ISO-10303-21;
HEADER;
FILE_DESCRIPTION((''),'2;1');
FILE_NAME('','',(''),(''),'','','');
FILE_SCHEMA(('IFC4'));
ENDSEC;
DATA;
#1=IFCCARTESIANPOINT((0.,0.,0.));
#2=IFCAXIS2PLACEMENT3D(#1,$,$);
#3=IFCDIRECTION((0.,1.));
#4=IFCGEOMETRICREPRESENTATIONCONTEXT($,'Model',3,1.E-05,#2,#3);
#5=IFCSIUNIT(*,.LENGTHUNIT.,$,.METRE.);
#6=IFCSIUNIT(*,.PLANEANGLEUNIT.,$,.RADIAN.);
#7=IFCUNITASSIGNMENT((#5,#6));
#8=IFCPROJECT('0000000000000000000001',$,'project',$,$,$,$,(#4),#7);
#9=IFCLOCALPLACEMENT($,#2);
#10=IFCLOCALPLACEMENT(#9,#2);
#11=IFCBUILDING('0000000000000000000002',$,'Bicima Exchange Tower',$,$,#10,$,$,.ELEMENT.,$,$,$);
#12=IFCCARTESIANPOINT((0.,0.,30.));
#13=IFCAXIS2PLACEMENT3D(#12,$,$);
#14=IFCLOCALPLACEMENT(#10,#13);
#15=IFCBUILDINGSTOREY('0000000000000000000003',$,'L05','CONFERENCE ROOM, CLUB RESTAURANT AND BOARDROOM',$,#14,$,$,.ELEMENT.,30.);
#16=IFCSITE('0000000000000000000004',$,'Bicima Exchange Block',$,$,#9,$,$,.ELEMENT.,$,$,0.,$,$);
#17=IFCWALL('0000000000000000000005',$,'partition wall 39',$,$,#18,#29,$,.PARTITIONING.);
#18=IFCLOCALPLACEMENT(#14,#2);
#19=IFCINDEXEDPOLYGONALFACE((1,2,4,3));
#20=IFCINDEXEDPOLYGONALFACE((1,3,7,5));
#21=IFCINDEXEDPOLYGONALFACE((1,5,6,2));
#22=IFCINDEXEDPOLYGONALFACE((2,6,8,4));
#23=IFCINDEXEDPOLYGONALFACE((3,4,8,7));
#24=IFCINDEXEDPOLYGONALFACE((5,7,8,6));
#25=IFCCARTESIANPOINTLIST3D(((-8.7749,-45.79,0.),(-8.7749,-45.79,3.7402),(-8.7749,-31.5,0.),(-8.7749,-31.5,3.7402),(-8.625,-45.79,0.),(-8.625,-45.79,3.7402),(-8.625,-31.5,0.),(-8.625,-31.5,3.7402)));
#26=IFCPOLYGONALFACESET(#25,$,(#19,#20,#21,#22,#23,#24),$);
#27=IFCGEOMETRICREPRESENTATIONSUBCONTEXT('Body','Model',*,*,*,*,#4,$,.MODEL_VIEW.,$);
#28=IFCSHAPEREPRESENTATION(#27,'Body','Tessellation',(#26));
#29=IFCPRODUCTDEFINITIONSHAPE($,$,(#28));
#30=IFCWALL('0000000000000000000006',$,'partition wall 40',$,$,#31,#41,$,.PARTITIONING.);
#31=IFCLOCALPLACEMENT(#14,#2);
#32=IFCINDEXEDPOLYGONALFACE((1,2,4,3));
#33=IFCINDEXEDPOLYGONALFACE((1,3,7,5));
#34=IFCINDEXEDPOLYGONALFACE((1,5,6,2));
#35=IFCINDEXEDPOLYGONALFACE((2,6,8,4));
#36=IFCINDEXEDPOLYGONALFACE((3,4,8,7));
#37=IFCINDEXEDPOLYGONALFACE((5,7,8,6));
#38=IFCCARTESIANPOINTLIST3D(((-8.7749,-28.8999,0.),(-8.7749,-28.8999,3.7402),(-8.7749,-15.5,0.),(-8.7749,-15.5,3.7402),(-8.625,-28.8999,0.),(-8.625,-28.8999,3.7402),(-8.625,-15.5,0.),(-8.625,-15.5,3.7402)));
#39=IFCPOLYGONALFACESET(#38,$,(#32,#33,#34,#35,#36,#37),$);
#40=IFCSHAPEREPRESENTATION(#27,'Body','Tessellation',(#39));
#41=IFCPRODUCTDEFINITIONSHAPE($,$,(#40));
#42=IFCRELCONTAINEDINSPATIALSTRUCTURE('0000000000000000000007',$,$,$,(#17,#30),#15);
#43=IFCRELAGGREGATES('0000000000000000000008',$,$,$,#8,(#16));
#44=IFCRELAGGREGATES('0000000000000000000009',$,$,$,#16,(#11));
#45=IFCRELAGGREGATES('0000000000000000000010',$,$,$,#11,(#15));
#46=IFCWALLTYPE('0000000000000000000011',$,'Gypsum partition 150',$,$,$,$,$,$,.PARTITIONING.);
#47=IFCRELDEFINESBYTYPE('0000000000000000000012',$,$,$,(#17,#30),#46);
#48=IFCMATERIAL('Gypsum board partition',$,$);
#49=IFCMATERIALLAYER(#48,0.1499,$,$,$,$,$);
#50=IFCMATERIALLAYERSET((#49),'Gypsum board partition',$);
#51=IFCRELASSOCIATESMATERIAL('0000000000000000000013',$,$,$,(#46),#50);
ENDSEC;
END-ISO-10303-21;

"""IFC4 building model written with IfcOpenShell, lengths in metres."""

from ifc_helpers import new_model, si_unit, direction, frame, frame_2d, origin, place, context, subcontext, project, spatial, rectangle, extrude, material, layer, layer_set, type_object, element, save


model = new_model("IFC4")

# Units and contexts
model_context = context("Model", 3, precision=1e-05, world=origin(), true_north=direction((0.0, 1.0)))
body_context = subcontext(model_context, "Body", "Model", "MODEL_VIEW")
ifc_project = project(units=[si_unit("LENGTHUNIT", "METRE"), si_unit("PLANEANGLEUNIT", "RADIAN")], contexts=[model_context])

# Site, building, storey
site_placement = place(None, origin())
site = spatial("IfcSite", under=ifc_project, at=site_placement, Name="Bicima Exchange Block", CompositionType="ELEMENT", RefElevation=0.0)
building_placement = place(site_placement, origin())
building = spatial("IfcBuilding", under=site, at=building_placement, Name="Bicima Exchange Tower", CompositionType="ELEMENT")
storey_placement = place(building_placement, frame((0.0, 0.0, 30.0)))
storey = spatial("IfcBuildingStorey", under=building, at=storey_placement, Name="L05", Description="CONFERENCE ROOM, CLUB RESTAURANT AND BOARDROOM", CompositionType="ELEMENT", Elevation=30.0)

# Walls
ifc_material_1 = material(Name="Gypsum board partition")
ifc_layer_1 = layer(ifc_material_1, 0.1499)
ifc_layer_set_1 = layer_set([ifc_layer_1], Name="Gypsum board partition")
wall_type_1 = type_object("IfcWallType", Name="Gypsum partition 150", PredefinedType="PARTITIONING", material=ifc_layer_set_1)
wall_1_placement = place(storey_placement, frame((-8.7, -45.79, 0.0), z_axis=(0.0, 0.0, 1.0), x_axis=(0.0, 1.0, 0.0)))
element("IfcWall", 1, at=wall_1_placement, inside=storey, type_object=wall_type_1, Name="partition wall 39", PredefinedType="PARTITIONING", context=body_context, shape_type="SweptSolid", body=[
    extrude(rectangle(XDim=14.29, YDim=0.1499, at=frame_2d((7.145, 0.0))), origin(), (0.0, 0.0, 1.0), 3.7402),
])
wall_2_placement = place(storey_placement, frame((-8.7, -28.8999, 0.0), z_axis=(0.0, 0.0, 1.0), x_axis=(0.0, 1.0, 0.0)))
element("IfcWall", 2, at=wall_2_placement, inside=storey, type_object=wall_type_1, Name="partition wall 40", PredefinedType="PARTITIONING", context=body_context, shape_type="SweptSolid", body=[
    extrude(rectangle(XDim=13.3999, YDim=0.1499, at=frame_2d((6.7, 0.0))), origin(), (0.0, 0.0, 1.0), 3.7402),
])

save(model, "model.ifc")
